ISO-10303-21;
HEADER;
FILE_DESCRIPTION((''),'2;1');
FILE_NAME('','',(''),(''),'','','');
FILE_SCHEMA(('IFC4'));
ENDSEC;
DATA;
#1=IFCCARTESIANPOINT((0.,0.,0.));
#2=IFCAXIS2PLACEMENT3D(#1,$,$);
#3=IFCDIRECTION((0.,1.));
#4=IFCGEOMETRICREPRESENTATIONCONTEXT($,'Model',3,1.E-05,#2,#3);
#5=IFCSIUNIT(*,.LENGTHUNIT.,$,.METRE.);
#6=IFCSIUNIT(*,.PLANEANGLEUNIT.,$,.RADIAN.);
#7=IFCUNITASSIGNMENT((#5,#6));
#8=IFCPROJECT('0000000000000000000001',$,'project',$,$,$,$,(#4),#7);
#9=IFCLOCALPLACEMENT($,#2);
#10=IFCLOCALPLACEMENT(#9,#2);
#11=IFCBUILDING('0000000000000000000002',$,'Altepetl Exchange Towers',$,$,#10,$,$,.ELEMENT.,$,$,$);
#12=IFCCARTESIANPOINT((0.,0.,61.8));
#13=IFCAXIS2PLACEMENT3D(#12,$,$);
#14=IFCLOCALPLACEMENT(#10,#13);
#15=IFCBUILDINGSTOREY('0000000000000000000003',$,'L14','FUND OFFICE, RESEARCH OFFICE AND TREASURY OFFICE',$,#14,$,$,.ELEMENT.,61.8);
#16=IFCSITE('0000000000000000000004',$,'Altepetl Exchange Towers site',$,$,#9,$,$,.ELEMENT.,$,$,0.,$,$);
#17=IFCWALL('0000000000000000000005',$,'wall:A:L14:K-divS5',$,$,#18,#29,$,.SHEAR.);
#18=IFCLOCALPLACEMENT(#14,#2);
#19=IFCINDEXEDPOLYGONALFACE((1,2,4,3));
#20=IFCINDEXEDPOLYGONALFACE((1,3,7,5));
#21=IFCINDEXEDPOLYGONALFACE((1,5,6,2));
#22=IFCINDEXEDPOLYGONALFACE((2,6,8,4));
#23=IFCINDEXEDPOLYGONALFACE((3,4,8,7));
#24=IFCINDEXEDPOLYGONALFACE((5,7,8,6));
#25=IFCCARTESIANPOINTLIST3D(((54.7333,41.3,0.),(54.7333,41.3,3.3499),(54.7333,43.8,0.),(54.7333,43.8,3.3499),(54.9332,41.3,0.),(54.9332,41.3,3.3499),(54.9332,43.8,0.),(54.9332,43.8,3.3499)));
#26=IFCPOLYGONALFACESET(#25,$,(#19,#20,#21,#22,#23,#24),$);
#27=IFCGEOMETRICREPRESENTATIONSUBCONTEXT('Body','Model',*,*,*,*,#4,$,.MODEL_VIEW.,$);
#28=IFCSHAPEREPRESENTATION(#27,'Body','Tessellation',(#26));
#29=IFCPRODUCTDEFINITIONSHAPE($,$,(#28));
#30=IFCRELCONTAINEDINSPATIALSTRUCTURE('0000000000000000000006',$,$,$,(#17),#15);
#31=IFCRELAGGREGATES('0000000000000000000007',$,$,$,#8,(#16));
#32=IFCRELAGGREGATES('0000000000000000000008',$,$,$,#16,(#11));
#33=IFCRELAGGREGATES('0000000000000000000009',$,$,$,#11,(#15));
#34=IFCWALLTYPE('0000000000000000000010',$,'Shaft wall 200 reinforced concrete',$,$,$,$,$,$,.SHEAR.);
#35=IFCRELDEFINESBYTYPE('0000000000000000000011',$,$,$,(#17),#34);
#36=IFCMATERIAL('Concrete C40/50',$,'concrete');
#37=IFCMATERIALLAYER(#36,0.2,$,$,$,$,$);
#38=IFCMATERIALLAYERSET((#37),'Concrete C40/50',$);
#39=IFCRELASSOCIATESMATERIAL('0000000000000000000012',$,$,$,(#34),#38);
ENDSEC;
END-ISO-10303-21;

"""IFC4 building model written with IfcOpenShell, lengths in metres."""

from ifc_helpers import new_model, si_unit, direction, frame, frame_2d, origin, place, context, subcontext, project, spatial, rectangle, extrude, material, layer, layer_set, type_object, element, save


model = new_model("IFC4")

# Units and contexts
model_context = context("Model", 3, precision=1e-05, world=origin(), true_north=direction((0.0, 1.0)))
body_context = subcontext(model_context, "Body", "Model", "MODEL_VIEW")
ifc_project = project(units=[si_unit("LENGTHUNIT", "METRE"), si_unit("PLANEANGLEUNIT", "RADIAN")], contexts=[model_context])

# Site, building, storey
site_placement = place(None, origin())
site = spatial("IfcSite", under=ifc_project, at=site_placement, Name="Altepetl Exchange Towers site", CompositionType="ELEMENT", RefElevation=0.0)
building_placement = place(site_placement, origin())
building = spatial("IfcBuilding", under=site, at=building_placement, Name="Altepetl Exchange Towers", CompositionType="ELEMENT")
storey_placement = place(building_placement, frame((0.0, 0.0, 61.8)))
storey = spatial("IfcBuildingStorey", under=building, at=storey_placement, Name="L14", Description="FUND OFFICE, RESEARCH OFFICE AND TREASURY OFFICE", CompositionType="ELEMENT", Elevation=61.8)

# Wall
ifc_material_1 = material(Name="Concrete C40/50", Category="concrete")
ifc_layer_1 = layer(ifc_material_1, 0.2)
ifc_layer_set_1 = layer_set([ifc_layer_1], Name="Concrete C40/50")
wall_type_1 = type_object("IfcWallType", Name="Shaft wall 200 reinforced concrete", PredefinedType="SHEAR", material=ifc_layer_set_1)
wall_1_placement = place(storey_placement, frame((54.8333, 41.3, 0.0), z_axis=(0.0, 0.0, 1.0), x_axis=(0.0, 1.0, 0.0)))
element("IfcWall", 1, at=wall_1_placement, inside=storey, type_object=wall_type_1, Name="wall:A:L14:K-divS5", PredefinedType="SHEAR", context=body_context, shape_type="SweptSolid", body=[
    extrude(rectangle(XDim=2.5, YDim=0.2, at=frame_2d((1.25, 0.0))), origin(), (0.0, 0.0, 1.0), 3.3499),
])

save(model, "model.ifc")
